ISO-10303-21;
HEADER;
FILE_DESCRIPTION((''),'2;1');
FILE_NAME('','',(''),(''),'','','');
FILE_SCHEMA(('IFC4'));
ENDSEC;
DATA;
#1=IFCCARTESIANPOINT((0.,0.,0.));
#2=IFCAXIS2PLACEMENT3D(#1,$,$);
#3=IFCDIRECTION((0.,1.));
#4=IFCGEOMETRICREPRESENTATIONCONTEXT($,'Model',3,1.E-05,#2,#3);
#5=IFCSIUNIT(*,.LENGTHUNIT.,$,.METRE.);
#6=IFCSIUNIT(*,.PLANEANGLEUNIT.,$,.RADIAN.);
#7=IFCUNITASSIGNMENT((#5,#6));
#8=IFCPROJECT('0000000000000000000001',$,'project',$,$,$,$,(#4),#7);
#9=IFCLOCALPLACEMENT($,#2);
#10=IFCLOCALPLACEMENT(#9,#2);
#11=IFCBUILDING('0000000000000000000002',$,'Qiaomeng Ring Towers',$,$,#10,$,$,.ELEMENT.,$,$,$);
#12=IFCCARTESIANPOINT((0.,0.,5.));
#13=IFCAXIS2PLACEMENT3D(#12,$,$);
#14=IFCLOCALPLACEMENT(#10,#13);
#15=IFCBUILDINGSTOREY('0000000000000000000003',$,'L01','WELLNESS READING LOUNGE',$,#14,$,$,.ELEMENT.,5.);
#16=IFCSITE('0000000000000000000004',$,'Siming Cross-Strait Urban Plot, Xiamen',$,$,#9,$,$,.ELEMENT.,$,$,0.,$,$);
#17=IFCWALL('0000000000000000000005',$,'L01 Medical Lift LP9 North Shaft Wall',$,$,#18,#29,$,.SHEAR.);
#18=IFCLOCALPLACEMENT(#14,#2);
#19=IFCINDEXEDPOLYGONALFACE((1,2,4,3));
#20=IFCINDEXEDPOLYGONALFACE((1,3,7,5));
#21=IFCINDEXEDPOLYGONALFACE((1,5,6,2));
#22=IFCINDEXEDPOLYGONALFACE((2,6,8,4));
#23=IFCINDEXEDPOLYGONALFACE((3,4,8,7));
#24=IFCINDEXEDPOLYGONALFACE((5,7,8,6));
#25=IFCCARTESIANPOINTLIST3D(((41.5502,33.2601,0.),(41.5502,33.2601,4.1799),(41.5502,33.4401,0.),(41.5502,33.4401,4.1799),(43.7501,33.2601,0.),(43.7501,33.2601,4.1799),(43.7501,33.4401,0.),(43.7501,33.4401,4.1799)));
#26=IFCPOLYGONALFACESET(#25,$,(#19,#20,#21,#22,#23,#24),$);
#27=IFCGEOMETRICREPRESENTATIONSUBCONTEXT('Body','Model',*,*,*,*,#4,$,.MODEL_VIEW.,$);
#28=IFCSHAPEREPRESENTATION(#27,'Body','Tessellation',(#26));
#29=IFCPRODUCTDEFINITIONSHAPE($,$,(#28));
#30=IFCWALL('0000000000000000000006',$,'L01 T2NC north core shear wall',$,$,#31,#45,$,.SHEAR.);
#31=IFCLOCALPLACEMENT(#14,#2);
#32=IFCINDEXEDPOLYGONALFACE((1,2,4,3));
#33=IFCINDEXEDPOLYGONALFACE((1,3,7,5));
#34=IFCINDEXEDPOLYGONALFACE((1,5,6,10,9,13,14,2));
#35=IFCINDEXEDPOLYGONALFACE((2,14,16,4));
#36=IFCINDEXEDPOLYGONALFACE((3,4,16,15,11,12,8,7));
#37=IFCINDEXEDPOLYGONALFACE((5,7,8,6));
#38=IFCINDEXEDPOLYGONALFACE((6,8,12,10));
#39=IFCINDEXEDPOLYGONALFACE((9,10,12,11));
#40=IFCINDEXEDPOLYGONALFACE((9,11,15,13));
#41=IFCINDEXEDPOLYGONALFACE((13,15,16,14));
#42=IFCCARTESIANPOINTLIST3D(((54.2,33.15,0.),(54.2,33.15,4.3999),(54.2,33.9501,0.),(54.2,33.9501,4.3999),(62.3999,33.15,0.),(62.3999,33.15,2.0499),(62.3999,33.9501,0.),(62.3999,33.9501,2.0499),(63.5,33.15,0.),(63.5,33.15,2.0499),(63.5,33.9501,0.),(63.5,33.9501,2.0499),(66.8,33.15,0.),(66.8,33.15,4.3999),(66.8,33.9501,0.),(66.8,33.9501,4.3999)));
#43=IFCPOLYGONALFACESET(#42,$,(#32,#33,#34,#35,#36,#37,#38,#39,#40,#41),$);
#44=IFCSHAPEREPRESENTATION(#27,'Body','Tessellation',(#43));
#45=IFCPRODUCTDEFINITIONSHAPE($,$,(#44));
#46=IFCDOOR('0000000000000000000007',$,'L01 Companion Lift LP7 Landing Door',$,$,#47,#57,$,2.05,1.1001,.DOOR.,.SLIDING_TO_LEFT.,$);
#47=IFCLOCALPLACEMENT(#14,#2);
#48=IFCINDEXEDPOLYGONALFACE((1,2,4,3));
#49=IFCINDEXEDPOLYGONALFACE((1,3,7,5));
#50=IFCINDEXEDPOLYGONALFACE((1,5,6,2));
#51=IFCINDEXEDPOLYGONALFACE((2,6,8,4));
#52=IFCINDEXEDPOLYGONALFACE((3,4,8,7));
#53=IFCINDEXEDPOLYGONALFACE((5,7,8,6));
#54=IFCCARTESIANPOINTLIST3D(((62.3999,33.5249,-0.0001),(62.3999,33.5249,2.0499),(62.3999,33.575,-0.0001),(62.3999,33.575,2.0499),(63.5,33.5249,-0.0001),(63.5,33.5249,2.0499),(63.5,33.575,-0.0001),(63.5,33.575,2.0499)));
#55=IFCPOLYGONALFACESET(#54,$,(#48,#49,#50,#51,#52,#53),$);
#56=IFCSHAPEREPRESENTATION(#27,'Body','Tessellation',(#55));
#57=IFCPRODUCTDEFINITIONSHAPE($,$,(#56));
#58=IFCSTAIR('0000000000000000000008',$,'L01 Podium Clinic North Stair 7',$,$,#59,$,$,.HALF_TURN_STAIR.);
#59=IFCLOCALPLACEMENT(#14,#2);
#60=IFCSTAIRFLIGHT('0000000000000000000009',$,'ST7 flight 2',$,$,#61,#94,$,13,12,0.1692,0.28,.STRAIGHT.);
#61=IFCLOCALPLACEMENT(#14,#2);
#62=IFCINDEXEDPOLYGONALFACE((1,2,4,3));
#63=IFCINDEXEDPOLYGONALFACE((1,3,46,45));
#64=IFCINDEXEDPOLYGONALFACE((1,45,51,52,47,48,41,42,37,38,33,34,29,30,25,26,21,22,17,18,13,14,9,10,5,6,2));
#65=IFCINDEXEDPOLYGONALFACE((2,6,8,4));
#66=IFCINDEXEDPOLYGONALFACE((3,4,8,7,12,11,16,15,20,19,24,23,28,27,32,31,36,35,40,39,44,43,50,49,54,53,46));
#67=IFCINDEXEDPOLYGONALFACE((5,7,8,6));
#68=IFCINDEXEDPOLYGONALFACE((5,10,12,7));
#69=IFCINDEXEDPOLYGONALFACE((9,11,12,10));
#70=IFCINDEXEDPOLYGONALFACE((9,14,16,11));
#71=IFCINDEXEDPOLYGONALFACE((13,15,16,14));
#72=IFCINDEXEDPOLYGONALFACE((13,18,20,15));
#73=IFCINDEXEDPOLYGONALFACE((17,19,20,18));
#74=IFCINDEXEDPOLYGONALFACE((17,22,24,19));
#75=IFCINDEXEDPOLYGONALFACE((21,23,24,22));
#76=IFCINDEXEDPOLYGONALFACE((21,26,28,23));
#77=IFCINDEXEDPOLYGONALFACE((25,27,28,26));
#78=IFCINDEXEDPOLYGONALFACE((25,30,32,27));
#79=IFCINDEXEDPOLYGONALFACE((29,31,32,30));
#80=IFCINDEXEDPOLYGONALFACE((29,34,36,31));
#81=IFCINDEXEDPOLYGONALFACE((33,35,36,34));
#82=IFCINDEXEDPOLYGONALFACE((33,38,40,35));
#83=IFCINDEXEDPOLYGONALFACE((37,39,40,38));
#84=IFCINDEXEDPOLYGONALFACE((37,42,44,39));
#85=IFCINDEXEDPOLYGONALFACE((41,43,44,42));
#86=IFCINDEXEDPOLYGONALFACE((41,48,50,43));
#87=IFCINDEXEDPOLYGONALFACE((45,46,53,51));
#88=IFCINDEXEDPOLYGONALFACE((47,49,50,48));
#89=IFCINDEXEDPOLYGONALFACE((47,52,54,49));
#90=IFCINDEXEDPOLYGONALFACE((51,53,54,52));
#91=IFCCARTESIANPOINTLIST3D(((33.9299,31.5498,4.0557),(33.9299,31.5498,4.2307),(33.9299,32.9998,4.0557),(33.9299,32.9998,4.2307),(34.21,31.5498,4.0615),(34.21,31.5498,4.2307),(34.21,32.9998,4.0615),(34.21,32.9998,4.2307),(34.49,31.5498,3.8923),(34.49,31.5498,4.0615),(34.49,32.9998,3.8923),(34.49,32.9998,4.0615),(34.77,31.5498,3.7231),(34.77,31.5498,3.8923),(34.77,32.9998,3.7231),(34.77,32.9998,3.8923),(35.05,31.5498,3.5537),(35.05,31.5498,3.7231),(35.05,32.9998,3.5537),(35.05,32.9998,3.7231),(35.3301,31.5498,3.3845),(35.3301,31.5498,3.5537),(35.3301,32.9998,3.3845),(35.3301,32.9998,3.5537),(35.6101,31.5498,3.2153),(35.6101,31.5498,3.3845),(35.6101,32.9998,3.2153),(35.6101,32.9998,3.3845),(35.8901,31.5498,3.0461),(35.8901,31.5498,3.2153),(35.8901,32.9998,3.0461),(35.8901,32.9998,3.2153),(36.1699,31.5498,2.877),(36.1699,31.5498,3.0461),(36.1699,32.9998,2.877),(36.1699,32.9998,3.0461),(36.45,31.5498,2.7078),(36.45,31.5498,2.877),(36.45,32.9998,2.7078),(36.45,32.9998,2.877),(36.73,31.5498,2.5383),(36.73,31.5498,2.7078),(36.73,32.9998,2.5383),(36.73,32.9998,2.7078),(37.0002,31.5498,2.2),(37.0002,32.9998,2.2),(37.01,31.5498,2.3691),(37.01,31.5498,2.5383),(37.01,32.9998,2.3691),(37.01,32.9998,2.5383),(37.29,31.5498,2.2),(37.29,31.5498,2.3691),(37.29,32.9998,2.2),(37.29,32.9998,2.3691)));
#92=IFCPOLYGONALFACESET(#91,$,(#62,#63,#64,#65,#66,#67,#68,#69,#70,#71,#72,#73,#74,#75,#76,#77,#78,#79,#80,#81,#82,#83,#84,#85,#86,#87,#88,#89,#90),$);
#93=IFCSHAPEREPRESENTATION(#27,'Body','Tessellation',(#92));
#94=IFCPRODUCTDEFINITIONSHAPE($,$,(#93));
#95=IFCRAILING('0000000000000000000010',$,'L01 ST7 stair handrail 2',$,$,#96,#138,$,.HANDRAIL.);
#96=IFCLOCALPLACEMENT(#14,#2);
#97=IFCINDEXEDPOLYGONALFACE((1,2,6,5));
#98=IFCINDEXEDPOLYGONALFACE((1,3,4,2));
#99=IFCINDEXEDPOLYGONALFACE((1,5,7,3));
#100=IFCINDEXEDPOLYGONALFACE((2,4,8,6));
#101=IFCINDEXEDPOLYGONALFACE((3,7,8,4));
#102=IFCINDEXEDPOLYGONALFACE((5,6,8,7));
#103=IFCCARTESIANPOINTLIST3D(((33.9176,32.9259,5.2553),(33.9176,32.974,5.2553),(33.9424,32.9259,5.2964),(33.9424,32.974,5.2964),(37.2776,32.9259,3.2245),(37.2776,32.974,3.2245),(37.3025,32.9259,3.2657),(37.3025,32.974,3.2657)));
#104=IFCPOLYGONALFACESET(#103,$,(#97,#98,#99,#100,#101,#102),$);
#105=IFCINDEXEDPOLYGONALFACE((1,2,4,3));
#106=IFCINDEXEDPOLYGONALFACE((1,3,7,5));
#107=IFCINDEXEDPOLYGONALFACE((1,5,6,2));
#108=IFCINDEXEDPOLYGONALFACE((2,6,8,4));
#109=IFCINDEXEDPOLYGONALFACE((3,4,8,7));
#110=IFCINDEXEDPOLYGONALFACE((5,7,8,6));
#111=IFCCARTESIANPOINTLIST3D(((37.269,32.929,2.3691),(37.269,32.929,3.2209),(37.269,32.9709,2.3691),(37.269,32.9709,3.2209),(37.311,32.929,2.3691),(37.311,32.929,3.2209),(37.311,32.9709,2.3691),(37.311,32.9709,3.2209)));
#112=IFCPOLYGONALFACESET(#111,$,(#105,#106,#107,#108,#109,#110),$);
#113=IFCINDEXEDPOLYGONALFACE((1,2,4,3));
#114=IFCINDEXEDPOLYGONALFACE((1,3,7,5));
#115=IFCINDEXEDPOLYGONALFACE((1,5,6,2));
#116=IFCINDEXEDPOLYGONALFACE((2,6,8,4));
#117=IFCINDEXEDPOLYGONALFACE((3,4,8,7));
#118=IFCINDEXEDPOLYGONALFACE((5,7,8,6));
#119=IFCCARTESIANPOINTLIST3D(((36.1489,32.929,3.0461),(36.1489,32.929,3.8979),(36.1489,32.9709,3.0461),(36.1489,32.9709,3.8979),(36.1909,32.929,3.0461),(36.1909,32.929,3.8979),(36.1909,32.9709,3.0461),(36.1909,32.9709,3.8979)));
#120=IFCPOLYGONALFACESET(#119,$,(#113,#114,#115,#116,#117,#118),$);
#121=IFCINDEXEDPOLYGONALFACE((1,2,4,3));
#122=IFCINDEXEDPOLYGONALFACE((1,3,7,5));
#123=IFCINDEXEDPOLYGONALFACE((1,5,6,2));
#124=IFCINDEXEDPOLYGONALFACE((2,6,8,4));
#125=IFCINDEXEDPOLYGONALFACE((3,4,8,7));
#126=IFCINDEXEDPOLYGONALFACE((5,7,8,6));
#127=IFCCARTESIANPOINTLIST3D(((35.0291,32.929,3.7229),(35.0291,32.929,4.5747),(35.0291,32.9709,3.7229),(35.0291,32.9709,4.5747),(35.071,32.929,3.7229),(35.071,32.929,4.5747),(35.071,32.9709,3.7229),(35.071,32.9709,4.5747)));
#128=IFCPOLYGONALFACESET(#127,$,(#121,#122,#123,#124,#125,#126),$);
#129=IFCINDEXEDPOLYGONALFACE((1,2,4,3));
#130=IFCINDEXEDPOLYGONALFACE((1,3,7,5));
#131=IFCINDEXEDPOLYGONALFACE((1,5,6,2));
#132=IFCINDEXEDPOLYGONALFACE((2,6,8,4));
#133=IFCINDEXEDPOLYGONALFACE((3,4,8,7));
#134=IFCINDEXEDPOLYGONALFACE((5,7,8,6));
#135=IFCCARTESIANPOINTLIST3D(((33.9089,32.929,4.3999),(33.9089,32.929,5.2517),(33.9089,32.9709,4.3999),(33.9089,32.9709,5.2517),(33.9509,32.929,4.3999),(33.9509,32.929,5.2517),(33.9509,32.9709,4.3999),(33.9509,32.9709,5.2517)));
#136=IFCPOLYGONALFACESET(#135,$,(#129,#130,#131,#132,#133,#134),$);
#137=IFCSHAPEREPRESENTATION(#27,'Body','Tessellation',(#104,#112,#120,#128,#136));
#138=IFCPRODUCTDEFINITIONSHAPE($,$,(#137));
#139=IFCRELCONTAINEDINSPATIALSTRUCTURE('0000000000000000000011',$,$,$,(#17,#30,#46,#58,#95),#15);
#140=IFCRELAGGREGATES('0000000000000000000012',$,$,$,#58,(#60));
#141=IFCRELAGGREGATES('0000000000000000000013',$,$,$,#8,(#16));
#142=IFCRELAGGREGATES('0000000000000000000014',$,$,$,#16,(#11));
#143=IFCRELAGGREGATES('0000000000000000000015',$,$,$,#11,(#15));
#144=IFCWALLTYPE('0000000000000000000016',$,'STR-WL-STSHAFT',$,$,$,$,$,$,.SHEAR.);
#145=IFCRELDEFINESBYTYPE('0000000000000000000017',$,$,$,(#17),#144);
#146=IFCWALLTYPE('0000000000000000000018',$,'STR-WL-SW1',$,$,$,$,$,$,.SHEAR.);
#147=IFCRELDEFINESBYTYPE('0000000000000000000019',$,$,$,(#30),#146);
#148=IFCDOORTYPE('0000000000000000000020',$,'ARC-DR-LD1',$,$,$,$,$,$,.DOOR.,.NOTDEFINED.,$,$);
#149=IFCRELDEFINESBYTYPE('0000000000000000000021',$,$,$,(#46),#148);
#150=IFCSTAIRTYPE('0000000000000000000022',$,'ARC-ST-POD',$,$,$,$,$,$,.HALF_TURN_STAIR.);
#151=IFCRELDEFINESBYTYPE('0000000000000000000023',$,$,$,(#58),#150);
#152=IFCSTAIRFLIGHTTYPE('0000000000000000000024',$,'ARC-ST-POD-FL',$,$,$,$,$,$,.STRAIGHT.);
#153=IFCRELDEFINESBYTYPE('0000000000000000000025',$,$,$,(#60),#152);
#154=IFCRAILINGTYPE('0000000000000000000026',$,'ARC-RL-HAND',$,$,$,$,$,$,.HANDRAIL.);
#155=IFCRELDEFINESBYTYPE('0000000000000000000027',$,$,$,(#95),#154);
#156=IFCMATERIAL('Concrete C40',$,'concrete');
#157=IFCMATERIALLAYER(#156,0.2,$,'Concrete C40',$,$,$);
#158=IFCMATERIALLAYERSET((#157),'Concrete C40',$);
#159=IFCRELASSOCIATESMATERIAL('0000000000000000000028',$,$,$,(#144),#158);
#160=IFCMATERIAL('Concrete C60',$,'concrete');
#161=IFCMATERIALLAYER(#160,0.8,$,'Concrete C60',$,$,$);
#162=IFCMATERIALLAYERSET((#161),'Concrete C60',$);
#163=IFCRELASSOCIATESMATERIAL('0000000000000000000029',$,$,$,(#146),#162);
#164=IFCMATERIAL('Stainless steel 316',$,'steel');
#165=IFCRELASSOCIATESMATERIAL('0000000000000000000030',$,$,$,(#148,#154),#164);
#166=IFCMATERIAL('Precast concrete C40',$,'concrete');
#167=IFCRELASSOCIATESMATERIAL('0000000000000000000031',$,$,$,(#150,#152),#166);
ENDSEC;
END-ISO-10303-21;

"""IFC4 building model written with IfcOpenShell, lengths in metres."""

from ifc_helpers import new_model, si_unit, direction, frame, frame_2d, origin, origin_2d, place, context, subcontext, project, spatial, polyline, rectangle, outline, extrude, source, transform, mapped, material, layer, layer_set, type_object, element, fill, aggregate, save


model = new_model("IFC4")

# Units and contexts
model_context = context("Model", 3, precision=1e-05, world=origin(), true_north=direction((0.0, 1.0)))
body_context = subcontext(model_context, "Body", "Model", "MODEL_VIEW")
ifc_project = project(units=[si_unit("LENGTHUNIT", "METRE"), si_unit("PLANEANGLEUNIT", "RADIAN")], contexts=[model_context])

# Site, building, storey
site_placement = place(None, origin())
site = spatial("IfcSite", under=ifc_project, at=site_placement, Name="Siming Cross-Strait Urban Plot, Xiamen", CompositionType="ELEMENT", RefElevation=0.0)
building_placement = place(site_placement, origin())
building = spatial("IfcBuilding", under=site, at=building_placement, Name="Qiaomeng Ring Towers", CompositionType="ELEMENT")
storey_placement = place(building_placement, frame((0.0, 0.0, 5.0)))
storey = spatial("IfcBuildingStorey", under=building, at=storey_placement, Name="L01", Description="WELLNESS READING LOUNGE", CompositionType="ELEMENT", Elevation=5.0)

# Shared definitions
ifc_material_1 = material(Name="Concrete C60", Category="concrete")

# Wall
ifc_material_2 = material(Name="Concrete C40", Category="concrete")
ifc_layer_1 = layer(ifc_material_2, 0.2, Name="Concrete C40")
ifc_layer_set_1 = layer_set([ifc_layer_1], Name="Concrete C40")
wall_type_1 = type_object("IfcWallType", Name="STR-WL-STSHAFT", PredefinedType="SHEAR", material=ifc_layer_set_1)
wall_1_placement = place(storey_placement, frame((41.55, 33.3501, 0.0), z_axis=(0.0, 0.0, 1.0), x_axis=(1.0, 0.0, 0.0)))
element("IfcWall", 1, at=wall_1_placement, inside=storey, type_object=wall_type_1, Name="L01 Medical Lift LP9 North Shaft Wall", PredefinedType="SHEAR", context=body_context, shape_type="SweptSolid", body=[
    extrude(rectangle(XDim=2.2, YDim=0.1799, at=frame_2d((1.1001, 0.0))), origin(), (0.0, 0.0, 1.0), 4.1799),
])

# Wall, opening, door
ifc_layer_2 = layer(ifc_material_1, 0.8, Name="Concrete C60")
ifc_layer_set_2 = layer_set([ifc_layer_2], Name="Concrete C60")
wall_type_2 = type_object("IfcWallType", Name="STR-WL-SW1", PredefinedType="SHEAR", material=ifc_layer_set_2)
wall_2_placement = place(storey_placement, frame((54.2, 33.55, 0.0), z_axis=(0.0, 0.0, 1.0), x_axis=(1.0, 0.0, 0.0)))
wall_2 = element("IfcWall", 2, at=wall_2_placement, inside=storey, type_object=wall_type_2, Name="L01 T2NC north core shear wall", PredefinedType="SHEAR", context=body_context, shape_type="SweptSolid", body=[
    extrude(rectangle(XDim=12.6001, YDim=0.8, at=frame_2d((6.3, 0.0))), origin(), (0.0, 0.0, 1.0), 4.3999),
])
opening_1_placement = place(wall_2_placement, frame((8.2, 0.0, 0.0)))
opening_1 = element("IfcOpeningElement", 3, at=opening_1_placement, cuts=wall_2, PredefinedType="OPENING", context=body_context, shape_type="SweptSolid", body=[
    extrude(rectangle(XDim=1.1001, YDim=2.05, at=frame_2d((0.55, 1.0249))), frame((0.0, 0.4099, 0.0), z_axis=(0.0, -1.0, 0.0), x_axis=(1.0, 0.0, 0.0)), (0.0, 0.0, 1.0), 0.8201),
])
ifc_material_3 = material(Name="Stainless steel 316", Category="steel")
door_type_1 = type_object("IfcDoorType", Name="ARC-DR-LD1", OperationType="NOTDEFINED", PredefinedType="DOOR", material=ifc_material_3)
shared_shape_1 = source(origin(), body_context, "Body", "SweptSolid", [
    extrude(rectangle(XDim=1.1001, YDim=2.05, at=frame_2d((0.55, 1.0249))), frame((0.0, 0.0249, 0.0), z_axis=(0.0, -1.0, 0.0), x_axis=(1.0, 0.0, 0.0)), (0.0, 0.0, 1.0), 0.05),
])
door_1_placement = place(opening_1_placement, origin())
door_1 = element("IfcDoor", 4, at=door_1_placement, inside=storey, type_object=door_type_1, Name="L01 Companion Lift LP7 Landing Door", OperationType="SLIDING_TO_LEFT", OverallHeight=2.05, OverallWidth=1.1001, PredefinedType="DOOR", context=body_context, shape_type="MappedRepresentation", body=[
    mapped(shared_shape_1, transform((0.0, 0.0, 0.0), x_axis=(1.0, 0.0, 0.0), y_axis=(0.0, 1.0, 0.0), z_axis=(0.0, 0.0, 1.0), scale=1.0)),
])
fill(opening_1, door_1)

# Stair, stair flight
ifc_material_4 = material(Name="Precast concrete C40", Category="concrete")
stair_type = type_object("IfcStairType", Name="ARC-ST-POD", PredefinedType="HALF_TURN_STAIR", material=ifc_material_4)
stair_placement = place(storey_placement, origin())
stair = element("IfcStair", 5, at=stair_placement, inside=storey, type_object=stair_type, Name="L01 Podium Clinic North Stair 7", PredefinedType="HALF_TURN_STAIR")
stair_flight_type = type_object("IfcStairFlightType", Name="ARC-ST-POD-FL", PredefinedType="STRAIGHT", material=ifc_material_4)
shared_shape_2 = source(origin(), body_context, "Body", "SweptSolid", [
    extrude(outline(polyline([(0.0, 0.0), (0.0, 0.1692), (0.28, 0.1692), (0.28, 0.3384), (0.5601, 0.3384), (0.5601, 0.5078), (0.8401, 0.5078), (0.8401, 0.677), (1.1201, 0.677), (1.1201, 0.8462), (1.3999, 0.8462), (1.3999, 1.0154), (1.6799, 1.0154), (1.6799, 1.1846), (1.96, 1.1846), (1.96, 1.3538), (2.24, 1.3538), (2.24, 1.5232), (2.52, 1.5232), (2.52, 1.6924), (2.8, 1.6924), (2.8, 1.8616), (3.0801, 1.8616), (3.0801, 2.0308), (3.3601, 2.0308), (3.3601, 2.2), (3.3601, 1.8557), (0.2898, 0.0), (0.0, 0.0)])), frame((0.0, 0.7251, 0.0), z_axis=(0.0, -1.0, 0.0), x_axis=(1.0, 0.0, 0.0)), (0.0, 0.0, 1.0), 1.45),
])
stair_flight_placement = place(storey_placement, frame((37.29, 32.2749, 2.2), z_axis=(0.0, 0.0, 1.0), x_axis=(-1.0, 0.0, 0.0)))
stair_flight = element("IfcStairFlight", 6, at=stair_flight_placement, type_object=stair_flight_type, Name="ST7 flight 2", NumberOfRisers=13, NumberOfTreads=12, PredefinedType="STRAIGHT", RiserHeight=0.1692, TreadLength=0.28, context=body_context, shape_type="MappedRepresentation", body=[
    mapped(shared_shape_2, transform((0.0, 0.0, 0.0), x_axis=(1.0, 0.0, 0.0), y_axis=(0.0, 1.0, 0.0), z_axis=(0.0, 0.0, 1.0), scale=1.0)),
])
aggregate(stair, [stair_flight])

# Railing
railing_type = type_object("IfcRailingType", Name="ARC-RL-HAND", PredefinedType="HANDRAIL", material=ifc_material_3)
railing_placement = place(storey_placement, frame((37.29, 32.95, 2.3691)))
element("IfcRailing", 7, at=railing_placement, inside=storey, type_object=railing_type, Name="L01 ST7 stair handrail 2", PredefinedType="HANDRAIL", context=body_context, shape_type="SweptSolid", body=[
    extrude(rectangle(XDim=0.0481, YDim=0.0481, at=origin_2d()), frame((0.0, 0.0, 0.876), z_axis=(-0.855837, 0.0, 0.517246), x_axis=(0.0, -1.0, 0.0)), (0.0, 0.0, 1.0), 3.926),
    extrude(rectangle(XDim=0.042, YDim=0.042, at=origin_2d()), origin(), (0.0, 0.0, 1.0), 0.8518),
    extrude(rectangle(XDim=0.042, YDim=0.042, at=origin_2d()), frame((-1.1201, 0.0, 0.677)), (0.0, 0.0, 1.0), 0.8518),
    extrude(rectangle(XDim=0.042, YDim=0.042, at=origin_2d()), frame((-2.24, 0.0, 1.3538)), (0.0, 0.0, 1.0), 0.8518),
    extrude(rectangle(XDim=0.042, YDim=0.042, at=origin_2d()), frame((-3.3601, 0.0, 2.0308)), (0.0, 0.0, 1.0), 0.8518),
])

save(model, "model.ifc")
